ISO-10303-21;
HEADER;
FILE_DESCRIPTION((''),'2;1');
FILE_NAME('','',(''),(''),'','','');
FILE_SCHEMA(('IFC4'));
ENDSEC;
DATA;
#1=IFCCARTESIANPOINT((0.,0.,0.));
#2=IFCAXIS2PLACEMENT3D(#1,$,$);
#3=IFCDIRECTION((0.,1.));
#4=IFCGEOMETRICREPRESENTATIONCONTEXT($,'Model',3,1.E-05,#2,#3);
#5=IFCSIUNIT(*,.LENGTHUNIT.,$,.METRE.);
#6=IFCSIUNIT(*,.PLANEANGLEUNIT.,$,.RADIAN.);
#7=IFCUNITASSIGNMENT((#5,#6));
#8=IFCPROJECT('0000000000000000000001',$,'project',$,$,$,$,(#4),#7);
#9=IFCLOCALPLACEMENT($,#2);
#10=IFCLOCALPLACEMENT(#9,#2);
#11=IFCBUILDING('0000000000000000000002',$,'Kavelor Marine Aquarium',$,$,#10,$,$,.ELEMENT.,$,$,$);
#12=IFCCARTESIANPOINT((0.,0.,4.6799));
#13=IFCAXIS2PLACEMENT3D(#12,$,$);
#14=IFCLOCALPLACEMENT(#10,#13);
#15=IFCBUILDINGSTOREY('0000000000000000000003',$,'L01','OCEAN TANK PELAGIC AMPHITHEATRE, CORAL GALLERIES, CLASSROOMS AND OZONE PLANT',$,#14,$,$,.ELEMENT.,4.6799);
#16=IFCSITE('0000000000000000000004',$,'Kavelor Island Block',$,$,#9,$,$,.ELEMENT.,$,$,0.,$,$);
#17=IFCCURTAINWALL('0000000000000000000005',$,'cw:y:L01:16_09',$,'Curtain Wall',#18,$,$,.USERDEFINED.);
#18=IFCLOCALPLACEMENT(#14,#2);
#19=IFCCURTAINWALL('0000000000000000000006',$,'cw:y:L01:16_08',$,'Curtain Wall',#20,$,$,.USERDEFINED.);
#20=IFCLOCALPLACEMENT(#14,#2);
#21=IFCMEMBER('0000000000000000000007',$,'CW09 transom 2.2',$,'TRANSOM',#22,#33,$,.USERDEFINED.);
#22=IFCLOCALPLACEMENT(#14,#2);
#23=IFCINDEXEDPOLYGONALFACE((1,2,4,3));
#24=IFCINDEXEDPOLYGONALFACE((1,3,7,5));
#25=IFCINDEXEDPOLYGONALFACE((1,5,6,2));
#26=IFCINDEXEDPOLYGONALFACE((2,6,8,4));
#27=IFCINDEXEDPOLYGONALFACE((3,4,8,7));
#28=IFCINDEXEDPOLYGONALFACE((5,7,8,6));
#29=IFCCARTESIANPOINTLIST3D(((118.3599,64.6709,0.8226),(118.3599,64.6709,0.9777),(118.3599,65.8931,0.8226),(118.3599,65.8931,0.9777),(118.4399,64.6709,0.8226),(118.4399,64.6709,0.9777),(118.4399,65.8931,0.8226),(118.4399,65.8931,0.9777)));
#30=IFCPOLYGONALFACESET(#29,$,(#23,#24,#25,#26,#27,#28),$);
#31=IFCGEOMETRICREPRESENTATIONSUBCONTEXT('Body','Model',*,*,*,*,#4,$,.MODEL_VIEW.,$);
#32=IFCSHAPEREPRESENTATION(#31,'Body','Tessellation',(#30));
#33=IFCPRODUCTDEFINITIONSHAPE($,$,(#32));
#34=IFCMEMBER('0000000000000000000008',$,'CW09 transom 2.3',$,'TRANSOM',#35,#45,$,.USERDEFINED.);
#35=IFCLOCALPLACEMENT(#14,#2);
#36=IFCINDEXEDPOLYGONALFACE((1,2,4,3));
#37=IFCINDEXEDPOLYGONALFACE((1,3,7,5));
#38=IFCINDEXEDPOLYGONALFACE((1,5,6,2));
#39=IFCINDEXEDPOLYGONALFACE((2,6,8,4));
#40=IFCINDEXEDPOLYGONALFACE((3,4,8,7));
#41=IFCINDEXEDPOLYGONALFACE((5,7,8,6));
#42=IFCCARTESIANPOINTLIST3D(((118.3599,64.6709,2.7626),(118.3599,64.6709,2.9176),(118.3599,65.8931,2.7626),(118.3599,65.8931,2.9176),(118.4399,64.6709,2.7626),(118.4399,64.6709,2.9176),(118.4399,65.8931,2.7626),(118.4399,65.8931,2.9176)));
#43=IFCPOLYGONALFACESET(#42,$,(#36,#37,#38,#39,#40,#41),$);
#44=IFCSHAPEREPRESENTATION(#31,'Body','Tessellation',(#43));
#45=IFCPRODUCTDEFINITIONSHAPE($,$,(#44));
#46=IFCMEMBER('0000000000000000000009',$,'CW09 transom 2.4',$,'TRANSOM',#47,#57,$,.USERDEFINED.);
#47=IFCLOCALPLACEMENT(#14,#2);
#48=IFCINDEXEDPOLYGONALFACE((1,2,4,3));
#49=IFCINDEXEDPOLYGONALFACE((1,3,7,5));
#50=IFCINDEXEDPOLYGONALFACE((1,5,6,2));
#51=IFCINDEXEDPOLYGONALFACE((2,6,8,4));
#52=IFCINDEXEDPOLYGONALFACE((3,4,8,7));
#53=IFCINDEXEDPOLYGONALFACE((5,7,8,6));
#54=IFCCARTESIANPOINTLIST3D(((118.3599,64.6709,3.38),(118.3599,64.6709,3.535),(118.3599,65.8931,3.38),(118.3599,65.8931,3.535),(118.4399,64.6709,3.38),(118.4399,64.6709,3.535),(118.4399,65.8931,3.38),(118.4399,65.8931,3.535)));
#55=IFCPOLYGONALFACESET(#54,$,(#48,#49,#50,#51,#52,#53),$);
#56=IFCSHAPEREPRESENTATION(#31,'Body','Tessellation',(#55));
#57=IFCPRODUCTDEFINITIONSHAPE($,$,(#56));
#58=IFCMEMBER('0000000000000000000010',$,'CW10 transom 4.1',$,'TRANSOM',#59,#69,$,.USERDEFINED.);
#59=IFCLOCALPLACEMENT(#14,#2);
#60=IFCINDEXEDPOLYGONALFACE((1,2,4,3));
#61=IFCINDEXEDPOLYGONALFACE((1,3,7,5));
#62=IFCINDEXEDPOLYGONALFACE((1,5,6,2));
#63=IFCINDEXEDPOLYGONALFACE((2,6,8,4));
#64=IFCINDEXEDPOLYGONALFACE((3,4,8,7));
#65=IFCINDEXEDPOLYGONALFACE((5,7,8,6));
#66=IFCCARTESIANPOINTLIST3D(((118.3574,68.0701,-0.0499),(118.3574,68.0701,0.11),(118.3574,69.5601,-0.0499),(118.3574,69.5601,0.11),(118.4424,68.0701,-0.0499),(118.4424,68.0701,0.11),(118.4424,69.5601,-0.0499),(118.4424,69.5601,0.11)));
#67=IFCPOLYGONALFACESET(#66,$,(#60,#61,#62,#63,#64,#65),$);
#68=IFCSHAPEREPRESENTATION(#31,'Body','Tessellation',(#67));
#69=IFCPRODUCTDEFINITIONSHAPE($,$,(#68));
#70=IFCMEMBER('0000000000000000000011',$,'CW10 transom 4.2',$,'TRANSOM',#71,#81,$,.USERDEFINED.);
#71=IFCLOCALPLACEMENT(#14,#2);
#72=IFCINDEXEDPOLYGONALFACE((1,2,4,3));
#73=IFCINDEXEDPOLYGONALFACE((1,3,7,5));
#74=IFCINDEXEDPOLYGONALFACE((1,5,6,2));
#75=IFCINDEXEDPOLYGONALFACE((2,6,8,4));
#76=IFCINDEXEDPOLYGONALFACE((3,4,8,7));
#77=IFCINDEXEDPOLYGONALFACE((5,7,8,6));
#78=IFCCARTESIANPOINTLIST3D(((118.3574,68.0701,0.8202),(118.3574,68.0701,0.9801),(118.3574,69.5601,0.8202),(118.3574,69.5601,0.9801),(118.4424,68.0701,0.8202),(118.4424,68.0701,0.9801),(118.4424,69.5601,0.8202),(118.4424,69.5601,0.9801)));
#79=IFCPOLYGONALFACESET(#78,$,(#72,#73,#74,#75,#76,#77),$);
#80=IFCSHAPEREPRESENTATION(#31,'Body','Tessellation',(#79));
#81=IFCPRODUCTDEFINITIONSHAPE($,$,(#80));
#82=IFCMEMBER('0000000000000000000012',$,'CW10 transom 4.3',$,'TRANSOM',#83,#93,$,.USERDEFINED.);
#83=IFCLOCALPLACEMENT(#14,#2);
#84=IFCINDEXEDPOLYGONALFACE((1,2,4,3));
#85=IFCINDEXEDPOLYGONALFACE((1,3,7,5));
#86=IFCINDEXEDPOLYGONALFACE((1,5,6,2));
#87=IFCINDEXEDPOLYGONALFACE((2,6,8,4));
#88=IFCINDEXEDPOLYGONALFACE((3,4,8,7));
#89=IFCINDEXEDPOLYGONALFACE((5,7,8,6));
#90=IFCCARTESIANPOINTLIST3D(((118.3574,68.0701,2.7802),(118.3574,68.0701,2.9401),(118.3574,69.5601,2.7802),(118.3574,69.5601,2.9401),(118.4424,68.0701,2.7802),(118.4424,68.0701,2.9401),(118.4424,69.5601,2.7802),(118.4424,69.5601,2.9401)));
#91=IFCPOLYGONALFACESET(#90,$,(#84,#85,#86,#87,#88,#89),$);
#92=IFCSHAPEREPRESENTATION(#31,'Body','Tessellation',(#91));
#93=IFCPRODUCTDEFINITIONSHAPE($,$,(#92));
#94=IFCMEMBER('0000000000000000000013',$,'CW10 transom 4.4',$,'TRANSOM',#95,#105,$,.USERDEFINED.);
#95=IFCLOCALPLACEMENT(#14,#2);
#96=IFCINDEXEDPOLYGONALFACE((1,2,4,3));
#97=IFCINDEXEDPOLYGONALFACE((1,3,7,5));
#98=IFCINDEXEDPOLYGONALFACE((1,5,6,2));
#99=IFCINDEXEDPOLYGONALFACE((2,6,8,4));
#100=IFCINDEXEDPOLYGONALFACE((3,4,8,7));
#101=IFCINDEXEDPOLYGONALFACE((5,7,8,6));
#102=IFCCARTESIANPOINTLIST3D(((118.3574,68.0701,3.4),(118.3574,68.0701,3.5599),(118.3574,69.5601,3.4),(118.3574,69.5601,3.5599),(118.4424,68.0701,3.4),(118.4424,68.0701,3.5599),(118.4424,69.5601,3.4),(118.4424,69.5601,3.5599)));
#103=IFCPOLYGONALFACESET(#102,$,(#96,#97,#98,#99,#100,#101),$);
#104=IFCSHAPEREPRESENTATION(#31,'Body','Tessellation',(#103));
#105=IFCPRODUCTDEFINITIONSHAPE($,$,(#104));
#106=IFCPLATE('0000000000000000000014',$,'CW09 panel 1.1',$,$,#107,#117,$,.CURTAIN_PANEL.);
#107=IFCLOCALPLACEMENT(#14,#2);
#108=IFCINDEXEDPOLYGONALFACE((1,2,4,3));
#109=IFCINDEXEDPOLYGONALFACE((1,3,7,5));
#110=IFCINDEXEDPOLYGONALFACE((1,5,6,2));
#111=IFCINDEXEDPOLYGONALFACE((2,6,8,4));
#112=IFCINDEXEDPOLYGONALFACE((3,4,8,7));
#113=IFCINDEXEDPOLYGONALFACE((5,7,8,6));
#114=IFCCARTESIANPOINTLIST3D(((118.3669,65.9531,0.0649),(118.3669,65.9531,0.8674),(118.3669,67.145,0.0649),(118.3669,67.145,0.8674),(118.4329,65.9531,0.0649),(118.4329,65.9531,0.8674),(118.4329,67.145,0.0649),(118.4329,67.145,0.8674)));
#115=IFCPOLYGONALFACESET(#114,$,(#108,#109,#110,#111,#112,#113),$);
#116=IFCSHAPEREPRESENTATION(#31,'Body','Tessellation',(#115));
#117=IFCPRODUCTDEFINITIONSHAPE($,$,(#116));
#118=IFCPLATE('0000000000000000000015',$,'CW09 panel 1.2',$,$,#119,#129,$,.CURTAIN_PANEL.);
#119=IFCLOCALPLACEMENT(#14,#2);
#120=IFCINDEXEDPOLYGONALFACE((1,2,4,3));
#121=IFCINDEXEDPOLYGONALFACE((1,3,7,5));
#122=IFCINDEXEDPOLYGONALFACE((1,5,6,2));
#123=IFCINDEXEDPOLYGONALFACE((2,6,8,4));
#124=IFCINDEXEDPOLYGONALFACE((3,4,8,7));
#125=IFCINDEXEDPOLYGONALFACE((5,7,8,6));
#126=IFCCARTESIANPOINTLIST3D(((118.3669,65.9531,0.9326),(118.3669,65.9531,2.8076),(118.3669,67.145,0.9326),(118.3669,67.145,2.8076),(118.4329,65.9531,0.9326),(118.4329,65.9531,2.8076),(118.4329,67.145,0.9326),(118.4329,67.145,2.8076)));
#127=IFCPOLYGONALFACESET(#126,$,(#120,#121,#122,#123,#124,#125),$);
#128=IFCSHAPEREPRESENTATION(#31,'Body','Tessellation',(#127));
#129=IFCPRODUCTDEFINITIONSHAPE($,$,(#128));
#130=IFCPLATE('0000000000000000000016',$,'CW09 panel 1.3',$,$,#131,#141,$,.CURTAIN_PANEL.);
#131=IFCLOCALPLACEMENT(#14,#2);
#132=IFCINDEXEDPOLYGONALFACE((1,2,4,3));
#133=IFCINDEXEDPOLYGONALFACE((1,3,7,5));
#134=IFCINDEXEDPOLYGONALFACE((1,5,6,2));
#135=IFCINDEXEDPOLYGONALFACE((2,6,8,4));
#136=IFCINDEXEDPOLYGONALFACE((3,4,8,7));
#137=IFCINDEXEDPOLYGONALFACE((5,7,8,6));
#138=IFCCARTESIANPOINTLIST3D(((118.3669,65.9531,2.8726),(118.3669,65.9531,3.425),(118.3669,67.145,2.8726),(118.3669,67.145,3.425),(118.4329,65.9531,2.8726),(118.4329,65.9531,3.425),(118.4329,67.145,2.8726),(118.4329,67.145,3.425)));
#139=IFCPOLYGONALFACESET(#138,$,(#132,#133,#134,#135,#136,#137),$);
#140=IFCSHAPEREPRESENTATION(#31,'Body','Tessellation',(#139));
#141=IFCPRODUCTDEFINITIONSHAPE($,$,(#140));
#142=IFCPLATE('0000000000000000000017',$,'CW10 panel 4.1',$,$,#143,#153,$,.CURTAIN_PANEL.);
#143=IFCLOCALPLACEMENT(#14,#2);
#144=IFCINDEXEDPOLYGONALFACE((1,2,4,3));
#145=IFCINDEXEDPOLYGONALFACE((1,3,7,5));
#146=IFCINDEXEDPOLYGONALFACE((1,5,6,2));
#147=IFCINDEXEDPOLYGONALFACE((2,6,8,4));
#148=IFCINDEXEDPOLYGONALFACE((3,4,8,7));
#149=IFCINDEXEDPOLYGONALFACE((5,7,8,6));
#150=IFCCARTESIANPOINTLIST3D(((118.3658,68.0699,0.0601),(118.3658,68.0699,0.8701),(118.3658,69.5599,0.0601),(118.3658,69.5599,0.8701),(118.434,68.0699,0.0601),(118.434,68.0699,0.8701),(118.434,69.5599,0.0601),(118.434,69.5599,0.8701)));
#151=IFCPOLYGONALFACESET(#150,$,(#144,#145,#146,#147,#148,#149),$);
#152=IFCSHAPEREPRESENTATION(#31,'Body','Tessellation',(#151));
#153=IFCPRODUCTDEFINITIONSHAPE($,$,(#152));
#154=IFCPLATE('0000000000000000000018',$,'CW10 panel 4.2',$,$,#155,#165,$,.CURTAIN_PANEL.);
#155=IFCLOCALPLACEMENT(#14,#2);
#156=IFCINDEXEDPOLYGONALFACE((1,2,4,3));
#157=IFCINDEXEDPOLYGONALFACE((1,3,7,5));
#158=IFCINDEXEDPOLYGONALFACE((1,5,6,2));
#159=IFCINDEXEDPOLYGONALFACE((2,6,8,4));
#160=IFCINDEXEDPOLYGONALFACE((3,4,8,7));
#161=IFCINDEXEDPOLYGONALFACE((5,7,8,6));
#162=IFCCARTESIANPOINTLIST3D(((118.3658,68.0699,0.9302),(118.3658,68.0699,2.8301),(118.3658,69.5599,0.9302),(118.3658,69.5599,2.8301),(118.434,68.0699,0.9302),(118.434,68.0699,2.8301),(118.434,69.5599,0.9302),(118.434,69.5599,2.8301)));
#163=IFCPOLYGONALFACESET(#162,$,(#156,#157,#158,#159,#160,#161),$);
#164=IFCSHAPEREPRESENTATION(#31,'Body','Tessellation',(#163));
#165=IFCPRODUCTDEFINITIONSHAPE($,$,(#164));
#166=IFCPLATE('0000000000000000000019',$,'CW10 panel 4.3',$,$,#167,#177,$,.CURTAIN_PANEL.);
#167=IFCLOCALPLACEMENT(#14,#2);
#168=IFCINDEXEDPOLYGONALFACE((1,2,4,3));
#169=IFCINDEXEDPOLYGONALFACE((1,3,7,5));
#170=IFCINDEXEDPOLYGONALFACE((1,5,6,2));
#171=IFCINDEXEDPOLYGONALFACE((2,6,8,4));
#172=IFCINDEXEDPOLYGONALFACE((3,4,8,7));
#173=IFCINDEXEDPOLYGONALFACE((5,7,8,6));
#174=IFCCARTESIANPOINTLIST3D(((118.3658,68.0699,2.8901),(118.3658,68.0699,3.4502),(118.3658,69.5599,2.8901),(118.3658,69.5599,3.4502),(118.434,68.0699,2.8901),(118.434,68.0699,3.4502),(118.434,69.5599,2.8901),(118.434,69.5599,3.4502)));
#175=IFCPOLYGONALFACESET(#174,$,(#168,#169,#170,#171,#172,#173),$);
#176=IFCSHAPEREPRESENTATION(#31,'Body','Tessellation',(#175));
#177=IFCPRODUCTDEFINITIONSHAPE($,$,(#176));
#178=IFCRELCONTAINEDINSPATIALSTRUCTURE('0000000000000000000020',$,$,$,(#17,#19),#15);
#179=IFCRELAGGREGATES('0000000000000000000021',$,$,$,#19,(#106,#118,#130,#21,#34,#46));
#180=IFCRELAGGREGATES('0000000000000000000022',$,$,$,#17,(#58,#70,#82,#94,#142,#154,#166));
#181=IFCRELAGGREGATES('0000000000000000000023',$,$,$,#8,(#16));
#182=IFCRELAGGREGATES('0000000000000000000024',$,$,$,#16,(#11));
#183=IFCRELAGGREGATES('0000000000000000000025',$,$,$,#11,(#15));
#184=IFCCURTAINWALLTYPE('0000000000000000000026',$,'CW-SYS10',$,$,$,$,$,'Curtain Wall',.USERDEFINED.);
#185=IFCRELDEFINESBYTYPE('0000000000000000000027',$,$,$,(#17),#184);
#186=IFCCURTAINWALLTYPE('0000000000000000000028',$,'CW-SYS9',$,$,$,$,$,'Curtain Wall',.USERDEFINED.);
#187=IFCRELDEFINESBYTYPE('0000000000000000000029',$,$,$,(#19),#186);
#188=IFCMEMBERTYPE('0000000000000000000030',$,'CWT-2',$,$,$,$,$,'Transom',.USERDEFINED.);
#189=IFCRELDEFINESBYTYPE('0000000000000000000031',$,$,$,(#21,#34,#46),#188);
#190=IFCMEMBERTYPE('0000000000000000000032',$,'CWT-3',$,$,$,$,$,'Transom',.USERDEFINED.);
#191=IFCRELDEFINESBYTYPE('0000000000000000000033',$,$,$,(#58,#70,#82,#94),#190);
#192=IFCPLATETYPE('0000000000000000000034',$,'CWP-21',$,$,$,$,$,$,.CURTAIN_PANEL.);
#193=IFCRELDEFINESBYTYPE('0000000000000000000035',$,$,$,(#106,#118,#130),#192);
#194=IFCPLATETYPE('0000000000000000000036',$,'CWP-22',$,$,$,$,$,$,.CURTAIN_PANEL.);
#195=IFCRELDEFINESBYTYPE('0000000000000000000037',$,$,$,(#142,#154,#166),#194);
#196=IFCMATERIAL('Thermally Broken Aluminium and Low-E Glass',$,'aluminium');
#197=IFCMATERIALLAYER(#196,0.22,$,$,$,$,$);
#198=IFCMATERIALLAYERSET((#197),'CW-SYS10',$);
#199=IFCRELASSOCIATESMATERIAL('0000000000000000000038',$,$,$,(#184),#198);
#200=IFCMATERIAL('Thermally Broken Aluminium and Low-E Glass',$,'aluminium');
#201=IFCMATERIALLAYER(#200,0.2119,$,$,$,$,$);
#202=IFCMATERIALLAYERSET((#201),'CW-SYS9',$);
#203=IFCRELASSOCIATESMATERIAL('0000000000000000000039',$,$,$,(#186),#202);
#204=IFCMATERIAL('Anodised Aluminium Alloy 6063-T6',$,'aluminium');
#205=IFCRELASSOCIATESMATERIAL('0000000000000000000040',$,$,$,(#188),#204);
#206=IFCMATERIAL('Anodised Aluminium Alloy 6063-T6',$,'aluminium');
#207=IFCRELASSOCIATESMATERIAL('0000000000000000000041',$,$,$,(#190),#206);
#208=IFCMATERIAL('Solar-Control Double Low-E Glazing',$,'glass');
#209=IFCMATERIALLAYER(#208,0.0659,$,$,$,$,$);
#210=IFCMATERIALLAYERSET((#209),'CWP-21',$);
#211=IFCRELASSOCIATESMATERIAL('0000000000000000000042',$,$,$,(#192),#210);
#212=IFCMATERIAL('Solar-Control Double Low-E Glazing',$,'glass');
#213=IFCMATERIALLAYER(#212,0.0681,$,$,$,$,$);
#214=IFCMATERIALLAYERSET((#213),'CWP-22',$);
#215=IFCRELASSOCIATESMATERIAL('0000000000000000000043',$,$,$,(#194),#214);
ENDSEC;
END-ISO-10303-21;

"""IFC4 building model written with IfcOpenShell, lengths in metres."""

from ifc_helpers import new_model, si_unit, direction, frame, origin, origin_2d, place, context, subcontext, project, spatial, rectangle, extrude, material, layer, layer_set, material_profile, profile_set, type_object, element, aggregate, save


model = new_model("IFC4")

# Units and contexts
model_context = context("Model", 3, precision=1e-05, world=origin(), true_north=direction((0.0, 1.0)))
body_context = subcontext(model_context, "Body", "Model", "MODEL_VIEW")
ifc_project = project(units=[si_unit("LENGTHUNIT", "METRE"), si_unit("PLANEANGLEUNIT", "RADIAN")], contexts=[model_context])

# Site, building, storey
site_placement = place(None, origin())
site = spatial("IfcSite", under=ifc_project, at=site_placement, Name="Kavelor Island Block", CompositionType="ELEMENT", RefElevation=0.0)
building_placement = place(site_placement, origin())
building = spatial("IfcBuilding", under=site, at=building_placement, Name="Kavelor Marine Aquarium", CompositionType="ELEMENT")
storey_placement = place(building_placement, frame((0.0, 0.0, 4.6799)))
storey = spatial("IfcBuildingStorey", under=building, at=storey_placement, Name="L01", Description="OCEAN TANK PELAGIC AMPHITHEATRE, CORAL GALLERIES, CLASSROOMS AND OZONE PLANT", CompositionType="ELEMENT", Elevation=4.6799)

# Curtain walls, members
ifc_material_1 = material(Name="Thermally Broken Aluminium and Low-E Glass", Category="aluminium")
ifc_layer_1 = layer(ifc_material_1, 0.22)
ifc_layer_set_1 = layer_set([ifc_layer_1], Name="CW-SYS10")
curtain_wall_type_1 = type_object("IfcCurtainWallType", Name="CW-SYS10", ElementType="Curtain Wall", PredefinedType="USERDEFINED", material=ifc_layer_set_1)
curtain_wall_1_placement = place(storey_placement, origin())
curtain_wall_1 = element("IfcCurtainWall", 1, at=curtain_wall_1_placement, inside=storey, type_object=curtain_wall_type_1, Name="cw:y:L01:16_09", ObjectType="Curtain Wall", PredefinedType="USERDEFINED")
ifc_material_2 = material(Name="Thermally Broken Aluminium and Low-E Glass", Category="aluminium")
ifc_layer_2 = layer(ifc_material_2, 0.2119)
ifc_layer_set_2 = layer_set([ifc_layer_2], Name="CW-SYS9")
curtain_wall_type_2 = type_object("IfcCurtainWallType", Name="CW-SYS9", ElementType="Curtain Wall", PredefinedType="USERDEFINED", material=ifc_layer_set_2)
curtain_wall_2_placement = place(storey_placement, origin())
curtain_wall_2 = element("IfcCurtainWall", 2, at=curtain_wall_2_placement, inside=storey, type_object=curtain_wall_type_2, Name="cw:y:L01:16_08", ObjectType="Curtain Wall", PredefinedType="USERDEFINED")
ifc_material_3 = material(Name="Anodised Aluminium Alloy 6063-T6", Category="aluminium")
ifc_material_profile_1 = material_profile(ifc_material_3, rectangle(XDim=0.0801, YDim=0.155, at=origin_2d()), Name="CW-TRN 80x155")
ifc_profile_set_1 = profile_set([ifc_material_profile_1], Name="Anodised Aluminium Alloy 6063-T6")
member_type_1 = type_object("IfcMemberType", Name="CWT-2", ElementType="Transom", PredefinedType="USERDEFINED", material=ifc_profile_set_1)
member_1_placement = place(storey_placement, frame((118.3999, 65.8931, 0.9001), z_axis=(0.0, -1.0, 0.0), x_axis=(1.0, 0.0, 0.0)))
member_1 = element("IfcMember", 3, at=member_1_placement, type_object=member_type_1, Name="CW09 transom 2.2", ObjectType="TRANSOM", PredefinedType="USERDEFINED", context=body_context, shape_type="SweptSolid", body=[
    extrude(rectangle(XDim=0.0801, YDim=0.155, at=origin_2d()), origin(), (0.0, 0.0, 1.0), 1.2222),
])
member_2_placement = place(storey_placement, frame((118.3999, 65.8931, 2.8401), z_axis=(0.0, -1.0, 0.0), x_axis=(1.0, 0.0, 0.0)))
member_2 = element("IfcMember", 4, at=member_2_placement, type_object=member_type_1, Name="CW09 transom 2.3", ObjectType="TRANSOM", PredefinedType="USERDEFINED", context=body_context, shape_type="SweptSolid", body=[
    extrude(rectangle(XDim=0.0801, YDim=0.155, at=origin_2d()), origin(), (0.0, 0.0, 1.0), 1.2222),
])
member_3_placement = place(storey_placement, frame((118.3999, 65.8931, 3.4575), z_axis=(0.0, -1.0, 0.0), x_axis=(1.0, 0.0, 0.0)))
member_3 = element("IfcMember", 5, at=member_3_placement, type_object=member_type_1, Name="CW09 transom 2.4", ObjectType="TRANSOM", PredefinedType="USERDEFINED", context=body_context, shape_type="SweptSolid", body=[
    extrude(rectangle(XDim=0.0801, YDim=0.155, at=origin_2d()), origin(), (0.0, 0.0, 1.0), 1.2222),
])

# Members
ifc_material_4 = material(Name="Anodised Aluminium Alloy 6063-T6", Category="aluminium")
ifc_material_profile_2 = material_profile(ifc_material_4, rectangle(XDim=0.085, YDim=0.1599, at=origin_2d()), Name="CW-TRN 85x160")
ifc_profile_set_2 = profile_set([ifc_material_profile_2], Name="Anodised Aluminium Alloy 6063-T6")
member_type_2 = type_object("IfcMemberType", Name="CWT-3", ElementType="Transom", PredefinedType="USERDEFINED", material=ifc_profile_set_2)
member_4_placement = place(storey_placement, frame((118.3999, 69.5601, 0.03), z_axis=(0.0, -1.0, 0.0), x_axis=(1.0, 0.0, 0.0)))
member_4 = element("IfcMember", 6, at=member_4_placement, type_object=member_type_2, Name="CW10 transom 4.1", ObjectType="TRANSOM", PredefinedType="USERDEFINED", context=body_context, shape_type="SweptSolid", body=[
    extrude(rectangle(XDim=0.085, YDim=0.1599, at=origin_2d()), origin(), (0.0, 0.0, 1.0), 1.49),
])
member_5_placement = place(storey_placement, frame((118.3999, 69.5601, 0.9001), z_axis=(0.0, -1.0, 0.0), x_axis=(1.0, 0.0, 0.0)))
member_5 = element("IfcMember", 7, at=member_5_placement, type_object=member_type_2, Name="CW10 transom 4.2", ObjectType="TRANSOM", PredefinedType="USERDEFINED", context=body_context, shape_type="SweptSolid", body=[
    extrude(rectangle(XDim=0.085, YDim=0.1599, at=origin_2d()), origin(), (0.0, 0.0, 1.0), 1.49),
])
member_6_placement = place(storey_placement, frame((118.3999, 69.5601, 2.8601), z_axis=(0.0, -1.0, 0.0), x_axis=(1.0, 0.0, 0.0)))
member_6 = element("IfcMember", 8, at=member_6_placement, type_object=member_type_2, Name="CW10 transom 4.3", ObjectType="TRANSOM", PredefinedType="USERDEFINED", context=body_context, shape_type="SweptSolid", body=[
    extrude(rectangle(XDim=0.085, YDim=0.1599, at=origin_2d()), origin(), (0.0, 0.0, 1.0), 1.49),
])
member_7_placement = place(storey_placement, frame((118.3999, 69.5601, 3.48), z_axis=(0.0, -1.0, 0.0), x_axis=(1.0, 0.0, 0.0)))
member_7 = element("IfcMember", 9, at=member_7_placement, type_object=member_type_2, Name="CW10 transom 4.4", ObjectType="TRANSOM", PredefinedType="USERDEFINED", context=body_context, shape_type="SweptSolid", body=[
    extrude(rectangle(XDim=0.085, YDim=0.1599, at=origin_2d()), origin(), (0.0, 0.0, 1.0), 1.49),
])

# Plates
ifc_material_5 = material(Name="Solar-Control Double Low-E Glazing", Category="glass")
ifc_layer_3 = layer(ifc_material_5, 0.0659)
ifc_layer_set_3 = layer_set([ifc_layer_3], Name="CWP-21")
plate_type_1 = type_object("IfcPlateType", Name="CWP-21", PredefinedType="CURTAIN_PANEL", material=ifc_layer_set_3)
plate_1_placement = place(storey_placement, frame((118.3999, 66.5491, 0.0649), z_axis=(0.0, 0.0, 1.0), x_axis=(0.0, -1.0, 0.0)))
plate_1 = element("IfcPlate", 10, at=plate_1_placement, type_object=plate_type_1, Name="CW09 panel 1.1", PredefinedType="CURTAIN_PANEL", context=body_context, shape_type="SweptSolid", body=[
    extrude(rectangle(XDim=1.1919, YDim=0.0659, at=origin_2d()), origin(), (0.0, 0.0, 1.0), 0.8025),
])
plate_2_placement = place(storey_placement, frame((118.3999, 66.5491, 0.9326), z_axis=(0.0, 0.0, 1.0), x_axis=(0.0, -1.0, 0.0)))
plate_2 = element("IfcPlate", 11, at=plate_2_placement, type_object=plate_type_1, Name="CW09 panel 1.2", PredefinedType="CURTAIN_PANEL", context=body_context, shape_type="SweptSolid", body=[
    extrude(rectangle(XDim=1.1919, YDim=0.0659, at=origin_2d()), origin(), (0.0, 0.0, 1.0), 1.875),
])
plate_3_placement = place(storey_placement, frame((118.3999, 66.5491, 2.8726), z_axis=(0.0, 0.0, 1.0), x_axis=(0.0, -1.0, 0.0)))
plate_3 = element("IfcPlate", 12, at=plate_3_placement, type_object=plate_type_1, Name="CW09 panel 1.3", PredefinedType="CURTAIN_PANEL", context=body_context, shape_type="SweptSolid", body=[
    extrude(rectangle(XDim=1.1919, YDim=0.0659, at=origin_2d()), origin(), (0.0, 0.0, 1.0), 0.5525),
])
aggregate(curtain_wall_2, [plate_1, plate_2, plate_3, member_1, member_2, member_3])
ifc_material_6 = material(Name="Solar-Control Double Low-E Glazing", Category="glass")
ifc_layer_4 = layer(ifc_material_6, 0.0681)
ifc_layer_set_4 = layer_set([ifc_layer_4], Name="CWP-22")
plate_type_2 = type_object("IfcPlateType", Name="CWP-22", PredefinedType="CURTAIN_PANEL", material=ifc_layer_set_4)
plate_4_placement = place(storey_placement, frame((118.3999, 68.8149, 0.0601), z_axis=(0.0, 0.0, 1.0), x_axis=(0.0, -1.0, 0.0)))
plate_4 = element("IfcPlate", 13, at=plate_4_placement, type_object=plate_type_2, Name="CW10 panel 4.1", PredefinedType="CURTAIN_PANEL", context=body_context, shape_type="SweptSolid", body=[
    extrude(rectangle(XDim=1.49, YDim=0.0681, at=origin_2d()), origin(), (0.0, 0.0, 1.0), 0.8101),
])
plate_5_placement = place(storey_placement, frame((118.3999, 68.8149, 0.9302), z_axis=(0.0, 0.0, 1.0), x_axis=(0.0, -1.0, 0.0)))
plate_5 = element("IfcPlate", 14, at=plate_5_placement, type_object=plate_type_2, Name="CW10 panel 4.2", PredefinedType="CURTAIN_PANEL", context=body_context, shape_type="SweptSolid", body=[
    extrude(rectangle(XDim=1.49, YDim=0.0681, at=origin_2d()), origin(), (0.0, 0.0, 1.0), 1.8999),
])
plate_6_placement = place(storey_placement, frame((118.3999, 68.8149, 2.8901), z_axis=(0.0, 0.0, 1.0), x_axis=(0.0, -1.0, 0.0)))
plate_6 = element("IfcPlate", 15, at=plate_6_placement, type_object=plate_type_2, Name="CW10 panel 4.3", PredefinedType="CURTAIN_PANEL", context=body_context, shape_type="SweptSolid", body=[
    extrude(rectangle(XDim=1.49, YDim=0.0681, at=origin_2d()), origin(), (0.0, 0.0, 1.0), 0.5601),
])
aggregate(curtain_wall_1, [member_4, member_5, member_6, member_7, plate_4, plate_5, plate_6])

save(model, "model.ifc")
